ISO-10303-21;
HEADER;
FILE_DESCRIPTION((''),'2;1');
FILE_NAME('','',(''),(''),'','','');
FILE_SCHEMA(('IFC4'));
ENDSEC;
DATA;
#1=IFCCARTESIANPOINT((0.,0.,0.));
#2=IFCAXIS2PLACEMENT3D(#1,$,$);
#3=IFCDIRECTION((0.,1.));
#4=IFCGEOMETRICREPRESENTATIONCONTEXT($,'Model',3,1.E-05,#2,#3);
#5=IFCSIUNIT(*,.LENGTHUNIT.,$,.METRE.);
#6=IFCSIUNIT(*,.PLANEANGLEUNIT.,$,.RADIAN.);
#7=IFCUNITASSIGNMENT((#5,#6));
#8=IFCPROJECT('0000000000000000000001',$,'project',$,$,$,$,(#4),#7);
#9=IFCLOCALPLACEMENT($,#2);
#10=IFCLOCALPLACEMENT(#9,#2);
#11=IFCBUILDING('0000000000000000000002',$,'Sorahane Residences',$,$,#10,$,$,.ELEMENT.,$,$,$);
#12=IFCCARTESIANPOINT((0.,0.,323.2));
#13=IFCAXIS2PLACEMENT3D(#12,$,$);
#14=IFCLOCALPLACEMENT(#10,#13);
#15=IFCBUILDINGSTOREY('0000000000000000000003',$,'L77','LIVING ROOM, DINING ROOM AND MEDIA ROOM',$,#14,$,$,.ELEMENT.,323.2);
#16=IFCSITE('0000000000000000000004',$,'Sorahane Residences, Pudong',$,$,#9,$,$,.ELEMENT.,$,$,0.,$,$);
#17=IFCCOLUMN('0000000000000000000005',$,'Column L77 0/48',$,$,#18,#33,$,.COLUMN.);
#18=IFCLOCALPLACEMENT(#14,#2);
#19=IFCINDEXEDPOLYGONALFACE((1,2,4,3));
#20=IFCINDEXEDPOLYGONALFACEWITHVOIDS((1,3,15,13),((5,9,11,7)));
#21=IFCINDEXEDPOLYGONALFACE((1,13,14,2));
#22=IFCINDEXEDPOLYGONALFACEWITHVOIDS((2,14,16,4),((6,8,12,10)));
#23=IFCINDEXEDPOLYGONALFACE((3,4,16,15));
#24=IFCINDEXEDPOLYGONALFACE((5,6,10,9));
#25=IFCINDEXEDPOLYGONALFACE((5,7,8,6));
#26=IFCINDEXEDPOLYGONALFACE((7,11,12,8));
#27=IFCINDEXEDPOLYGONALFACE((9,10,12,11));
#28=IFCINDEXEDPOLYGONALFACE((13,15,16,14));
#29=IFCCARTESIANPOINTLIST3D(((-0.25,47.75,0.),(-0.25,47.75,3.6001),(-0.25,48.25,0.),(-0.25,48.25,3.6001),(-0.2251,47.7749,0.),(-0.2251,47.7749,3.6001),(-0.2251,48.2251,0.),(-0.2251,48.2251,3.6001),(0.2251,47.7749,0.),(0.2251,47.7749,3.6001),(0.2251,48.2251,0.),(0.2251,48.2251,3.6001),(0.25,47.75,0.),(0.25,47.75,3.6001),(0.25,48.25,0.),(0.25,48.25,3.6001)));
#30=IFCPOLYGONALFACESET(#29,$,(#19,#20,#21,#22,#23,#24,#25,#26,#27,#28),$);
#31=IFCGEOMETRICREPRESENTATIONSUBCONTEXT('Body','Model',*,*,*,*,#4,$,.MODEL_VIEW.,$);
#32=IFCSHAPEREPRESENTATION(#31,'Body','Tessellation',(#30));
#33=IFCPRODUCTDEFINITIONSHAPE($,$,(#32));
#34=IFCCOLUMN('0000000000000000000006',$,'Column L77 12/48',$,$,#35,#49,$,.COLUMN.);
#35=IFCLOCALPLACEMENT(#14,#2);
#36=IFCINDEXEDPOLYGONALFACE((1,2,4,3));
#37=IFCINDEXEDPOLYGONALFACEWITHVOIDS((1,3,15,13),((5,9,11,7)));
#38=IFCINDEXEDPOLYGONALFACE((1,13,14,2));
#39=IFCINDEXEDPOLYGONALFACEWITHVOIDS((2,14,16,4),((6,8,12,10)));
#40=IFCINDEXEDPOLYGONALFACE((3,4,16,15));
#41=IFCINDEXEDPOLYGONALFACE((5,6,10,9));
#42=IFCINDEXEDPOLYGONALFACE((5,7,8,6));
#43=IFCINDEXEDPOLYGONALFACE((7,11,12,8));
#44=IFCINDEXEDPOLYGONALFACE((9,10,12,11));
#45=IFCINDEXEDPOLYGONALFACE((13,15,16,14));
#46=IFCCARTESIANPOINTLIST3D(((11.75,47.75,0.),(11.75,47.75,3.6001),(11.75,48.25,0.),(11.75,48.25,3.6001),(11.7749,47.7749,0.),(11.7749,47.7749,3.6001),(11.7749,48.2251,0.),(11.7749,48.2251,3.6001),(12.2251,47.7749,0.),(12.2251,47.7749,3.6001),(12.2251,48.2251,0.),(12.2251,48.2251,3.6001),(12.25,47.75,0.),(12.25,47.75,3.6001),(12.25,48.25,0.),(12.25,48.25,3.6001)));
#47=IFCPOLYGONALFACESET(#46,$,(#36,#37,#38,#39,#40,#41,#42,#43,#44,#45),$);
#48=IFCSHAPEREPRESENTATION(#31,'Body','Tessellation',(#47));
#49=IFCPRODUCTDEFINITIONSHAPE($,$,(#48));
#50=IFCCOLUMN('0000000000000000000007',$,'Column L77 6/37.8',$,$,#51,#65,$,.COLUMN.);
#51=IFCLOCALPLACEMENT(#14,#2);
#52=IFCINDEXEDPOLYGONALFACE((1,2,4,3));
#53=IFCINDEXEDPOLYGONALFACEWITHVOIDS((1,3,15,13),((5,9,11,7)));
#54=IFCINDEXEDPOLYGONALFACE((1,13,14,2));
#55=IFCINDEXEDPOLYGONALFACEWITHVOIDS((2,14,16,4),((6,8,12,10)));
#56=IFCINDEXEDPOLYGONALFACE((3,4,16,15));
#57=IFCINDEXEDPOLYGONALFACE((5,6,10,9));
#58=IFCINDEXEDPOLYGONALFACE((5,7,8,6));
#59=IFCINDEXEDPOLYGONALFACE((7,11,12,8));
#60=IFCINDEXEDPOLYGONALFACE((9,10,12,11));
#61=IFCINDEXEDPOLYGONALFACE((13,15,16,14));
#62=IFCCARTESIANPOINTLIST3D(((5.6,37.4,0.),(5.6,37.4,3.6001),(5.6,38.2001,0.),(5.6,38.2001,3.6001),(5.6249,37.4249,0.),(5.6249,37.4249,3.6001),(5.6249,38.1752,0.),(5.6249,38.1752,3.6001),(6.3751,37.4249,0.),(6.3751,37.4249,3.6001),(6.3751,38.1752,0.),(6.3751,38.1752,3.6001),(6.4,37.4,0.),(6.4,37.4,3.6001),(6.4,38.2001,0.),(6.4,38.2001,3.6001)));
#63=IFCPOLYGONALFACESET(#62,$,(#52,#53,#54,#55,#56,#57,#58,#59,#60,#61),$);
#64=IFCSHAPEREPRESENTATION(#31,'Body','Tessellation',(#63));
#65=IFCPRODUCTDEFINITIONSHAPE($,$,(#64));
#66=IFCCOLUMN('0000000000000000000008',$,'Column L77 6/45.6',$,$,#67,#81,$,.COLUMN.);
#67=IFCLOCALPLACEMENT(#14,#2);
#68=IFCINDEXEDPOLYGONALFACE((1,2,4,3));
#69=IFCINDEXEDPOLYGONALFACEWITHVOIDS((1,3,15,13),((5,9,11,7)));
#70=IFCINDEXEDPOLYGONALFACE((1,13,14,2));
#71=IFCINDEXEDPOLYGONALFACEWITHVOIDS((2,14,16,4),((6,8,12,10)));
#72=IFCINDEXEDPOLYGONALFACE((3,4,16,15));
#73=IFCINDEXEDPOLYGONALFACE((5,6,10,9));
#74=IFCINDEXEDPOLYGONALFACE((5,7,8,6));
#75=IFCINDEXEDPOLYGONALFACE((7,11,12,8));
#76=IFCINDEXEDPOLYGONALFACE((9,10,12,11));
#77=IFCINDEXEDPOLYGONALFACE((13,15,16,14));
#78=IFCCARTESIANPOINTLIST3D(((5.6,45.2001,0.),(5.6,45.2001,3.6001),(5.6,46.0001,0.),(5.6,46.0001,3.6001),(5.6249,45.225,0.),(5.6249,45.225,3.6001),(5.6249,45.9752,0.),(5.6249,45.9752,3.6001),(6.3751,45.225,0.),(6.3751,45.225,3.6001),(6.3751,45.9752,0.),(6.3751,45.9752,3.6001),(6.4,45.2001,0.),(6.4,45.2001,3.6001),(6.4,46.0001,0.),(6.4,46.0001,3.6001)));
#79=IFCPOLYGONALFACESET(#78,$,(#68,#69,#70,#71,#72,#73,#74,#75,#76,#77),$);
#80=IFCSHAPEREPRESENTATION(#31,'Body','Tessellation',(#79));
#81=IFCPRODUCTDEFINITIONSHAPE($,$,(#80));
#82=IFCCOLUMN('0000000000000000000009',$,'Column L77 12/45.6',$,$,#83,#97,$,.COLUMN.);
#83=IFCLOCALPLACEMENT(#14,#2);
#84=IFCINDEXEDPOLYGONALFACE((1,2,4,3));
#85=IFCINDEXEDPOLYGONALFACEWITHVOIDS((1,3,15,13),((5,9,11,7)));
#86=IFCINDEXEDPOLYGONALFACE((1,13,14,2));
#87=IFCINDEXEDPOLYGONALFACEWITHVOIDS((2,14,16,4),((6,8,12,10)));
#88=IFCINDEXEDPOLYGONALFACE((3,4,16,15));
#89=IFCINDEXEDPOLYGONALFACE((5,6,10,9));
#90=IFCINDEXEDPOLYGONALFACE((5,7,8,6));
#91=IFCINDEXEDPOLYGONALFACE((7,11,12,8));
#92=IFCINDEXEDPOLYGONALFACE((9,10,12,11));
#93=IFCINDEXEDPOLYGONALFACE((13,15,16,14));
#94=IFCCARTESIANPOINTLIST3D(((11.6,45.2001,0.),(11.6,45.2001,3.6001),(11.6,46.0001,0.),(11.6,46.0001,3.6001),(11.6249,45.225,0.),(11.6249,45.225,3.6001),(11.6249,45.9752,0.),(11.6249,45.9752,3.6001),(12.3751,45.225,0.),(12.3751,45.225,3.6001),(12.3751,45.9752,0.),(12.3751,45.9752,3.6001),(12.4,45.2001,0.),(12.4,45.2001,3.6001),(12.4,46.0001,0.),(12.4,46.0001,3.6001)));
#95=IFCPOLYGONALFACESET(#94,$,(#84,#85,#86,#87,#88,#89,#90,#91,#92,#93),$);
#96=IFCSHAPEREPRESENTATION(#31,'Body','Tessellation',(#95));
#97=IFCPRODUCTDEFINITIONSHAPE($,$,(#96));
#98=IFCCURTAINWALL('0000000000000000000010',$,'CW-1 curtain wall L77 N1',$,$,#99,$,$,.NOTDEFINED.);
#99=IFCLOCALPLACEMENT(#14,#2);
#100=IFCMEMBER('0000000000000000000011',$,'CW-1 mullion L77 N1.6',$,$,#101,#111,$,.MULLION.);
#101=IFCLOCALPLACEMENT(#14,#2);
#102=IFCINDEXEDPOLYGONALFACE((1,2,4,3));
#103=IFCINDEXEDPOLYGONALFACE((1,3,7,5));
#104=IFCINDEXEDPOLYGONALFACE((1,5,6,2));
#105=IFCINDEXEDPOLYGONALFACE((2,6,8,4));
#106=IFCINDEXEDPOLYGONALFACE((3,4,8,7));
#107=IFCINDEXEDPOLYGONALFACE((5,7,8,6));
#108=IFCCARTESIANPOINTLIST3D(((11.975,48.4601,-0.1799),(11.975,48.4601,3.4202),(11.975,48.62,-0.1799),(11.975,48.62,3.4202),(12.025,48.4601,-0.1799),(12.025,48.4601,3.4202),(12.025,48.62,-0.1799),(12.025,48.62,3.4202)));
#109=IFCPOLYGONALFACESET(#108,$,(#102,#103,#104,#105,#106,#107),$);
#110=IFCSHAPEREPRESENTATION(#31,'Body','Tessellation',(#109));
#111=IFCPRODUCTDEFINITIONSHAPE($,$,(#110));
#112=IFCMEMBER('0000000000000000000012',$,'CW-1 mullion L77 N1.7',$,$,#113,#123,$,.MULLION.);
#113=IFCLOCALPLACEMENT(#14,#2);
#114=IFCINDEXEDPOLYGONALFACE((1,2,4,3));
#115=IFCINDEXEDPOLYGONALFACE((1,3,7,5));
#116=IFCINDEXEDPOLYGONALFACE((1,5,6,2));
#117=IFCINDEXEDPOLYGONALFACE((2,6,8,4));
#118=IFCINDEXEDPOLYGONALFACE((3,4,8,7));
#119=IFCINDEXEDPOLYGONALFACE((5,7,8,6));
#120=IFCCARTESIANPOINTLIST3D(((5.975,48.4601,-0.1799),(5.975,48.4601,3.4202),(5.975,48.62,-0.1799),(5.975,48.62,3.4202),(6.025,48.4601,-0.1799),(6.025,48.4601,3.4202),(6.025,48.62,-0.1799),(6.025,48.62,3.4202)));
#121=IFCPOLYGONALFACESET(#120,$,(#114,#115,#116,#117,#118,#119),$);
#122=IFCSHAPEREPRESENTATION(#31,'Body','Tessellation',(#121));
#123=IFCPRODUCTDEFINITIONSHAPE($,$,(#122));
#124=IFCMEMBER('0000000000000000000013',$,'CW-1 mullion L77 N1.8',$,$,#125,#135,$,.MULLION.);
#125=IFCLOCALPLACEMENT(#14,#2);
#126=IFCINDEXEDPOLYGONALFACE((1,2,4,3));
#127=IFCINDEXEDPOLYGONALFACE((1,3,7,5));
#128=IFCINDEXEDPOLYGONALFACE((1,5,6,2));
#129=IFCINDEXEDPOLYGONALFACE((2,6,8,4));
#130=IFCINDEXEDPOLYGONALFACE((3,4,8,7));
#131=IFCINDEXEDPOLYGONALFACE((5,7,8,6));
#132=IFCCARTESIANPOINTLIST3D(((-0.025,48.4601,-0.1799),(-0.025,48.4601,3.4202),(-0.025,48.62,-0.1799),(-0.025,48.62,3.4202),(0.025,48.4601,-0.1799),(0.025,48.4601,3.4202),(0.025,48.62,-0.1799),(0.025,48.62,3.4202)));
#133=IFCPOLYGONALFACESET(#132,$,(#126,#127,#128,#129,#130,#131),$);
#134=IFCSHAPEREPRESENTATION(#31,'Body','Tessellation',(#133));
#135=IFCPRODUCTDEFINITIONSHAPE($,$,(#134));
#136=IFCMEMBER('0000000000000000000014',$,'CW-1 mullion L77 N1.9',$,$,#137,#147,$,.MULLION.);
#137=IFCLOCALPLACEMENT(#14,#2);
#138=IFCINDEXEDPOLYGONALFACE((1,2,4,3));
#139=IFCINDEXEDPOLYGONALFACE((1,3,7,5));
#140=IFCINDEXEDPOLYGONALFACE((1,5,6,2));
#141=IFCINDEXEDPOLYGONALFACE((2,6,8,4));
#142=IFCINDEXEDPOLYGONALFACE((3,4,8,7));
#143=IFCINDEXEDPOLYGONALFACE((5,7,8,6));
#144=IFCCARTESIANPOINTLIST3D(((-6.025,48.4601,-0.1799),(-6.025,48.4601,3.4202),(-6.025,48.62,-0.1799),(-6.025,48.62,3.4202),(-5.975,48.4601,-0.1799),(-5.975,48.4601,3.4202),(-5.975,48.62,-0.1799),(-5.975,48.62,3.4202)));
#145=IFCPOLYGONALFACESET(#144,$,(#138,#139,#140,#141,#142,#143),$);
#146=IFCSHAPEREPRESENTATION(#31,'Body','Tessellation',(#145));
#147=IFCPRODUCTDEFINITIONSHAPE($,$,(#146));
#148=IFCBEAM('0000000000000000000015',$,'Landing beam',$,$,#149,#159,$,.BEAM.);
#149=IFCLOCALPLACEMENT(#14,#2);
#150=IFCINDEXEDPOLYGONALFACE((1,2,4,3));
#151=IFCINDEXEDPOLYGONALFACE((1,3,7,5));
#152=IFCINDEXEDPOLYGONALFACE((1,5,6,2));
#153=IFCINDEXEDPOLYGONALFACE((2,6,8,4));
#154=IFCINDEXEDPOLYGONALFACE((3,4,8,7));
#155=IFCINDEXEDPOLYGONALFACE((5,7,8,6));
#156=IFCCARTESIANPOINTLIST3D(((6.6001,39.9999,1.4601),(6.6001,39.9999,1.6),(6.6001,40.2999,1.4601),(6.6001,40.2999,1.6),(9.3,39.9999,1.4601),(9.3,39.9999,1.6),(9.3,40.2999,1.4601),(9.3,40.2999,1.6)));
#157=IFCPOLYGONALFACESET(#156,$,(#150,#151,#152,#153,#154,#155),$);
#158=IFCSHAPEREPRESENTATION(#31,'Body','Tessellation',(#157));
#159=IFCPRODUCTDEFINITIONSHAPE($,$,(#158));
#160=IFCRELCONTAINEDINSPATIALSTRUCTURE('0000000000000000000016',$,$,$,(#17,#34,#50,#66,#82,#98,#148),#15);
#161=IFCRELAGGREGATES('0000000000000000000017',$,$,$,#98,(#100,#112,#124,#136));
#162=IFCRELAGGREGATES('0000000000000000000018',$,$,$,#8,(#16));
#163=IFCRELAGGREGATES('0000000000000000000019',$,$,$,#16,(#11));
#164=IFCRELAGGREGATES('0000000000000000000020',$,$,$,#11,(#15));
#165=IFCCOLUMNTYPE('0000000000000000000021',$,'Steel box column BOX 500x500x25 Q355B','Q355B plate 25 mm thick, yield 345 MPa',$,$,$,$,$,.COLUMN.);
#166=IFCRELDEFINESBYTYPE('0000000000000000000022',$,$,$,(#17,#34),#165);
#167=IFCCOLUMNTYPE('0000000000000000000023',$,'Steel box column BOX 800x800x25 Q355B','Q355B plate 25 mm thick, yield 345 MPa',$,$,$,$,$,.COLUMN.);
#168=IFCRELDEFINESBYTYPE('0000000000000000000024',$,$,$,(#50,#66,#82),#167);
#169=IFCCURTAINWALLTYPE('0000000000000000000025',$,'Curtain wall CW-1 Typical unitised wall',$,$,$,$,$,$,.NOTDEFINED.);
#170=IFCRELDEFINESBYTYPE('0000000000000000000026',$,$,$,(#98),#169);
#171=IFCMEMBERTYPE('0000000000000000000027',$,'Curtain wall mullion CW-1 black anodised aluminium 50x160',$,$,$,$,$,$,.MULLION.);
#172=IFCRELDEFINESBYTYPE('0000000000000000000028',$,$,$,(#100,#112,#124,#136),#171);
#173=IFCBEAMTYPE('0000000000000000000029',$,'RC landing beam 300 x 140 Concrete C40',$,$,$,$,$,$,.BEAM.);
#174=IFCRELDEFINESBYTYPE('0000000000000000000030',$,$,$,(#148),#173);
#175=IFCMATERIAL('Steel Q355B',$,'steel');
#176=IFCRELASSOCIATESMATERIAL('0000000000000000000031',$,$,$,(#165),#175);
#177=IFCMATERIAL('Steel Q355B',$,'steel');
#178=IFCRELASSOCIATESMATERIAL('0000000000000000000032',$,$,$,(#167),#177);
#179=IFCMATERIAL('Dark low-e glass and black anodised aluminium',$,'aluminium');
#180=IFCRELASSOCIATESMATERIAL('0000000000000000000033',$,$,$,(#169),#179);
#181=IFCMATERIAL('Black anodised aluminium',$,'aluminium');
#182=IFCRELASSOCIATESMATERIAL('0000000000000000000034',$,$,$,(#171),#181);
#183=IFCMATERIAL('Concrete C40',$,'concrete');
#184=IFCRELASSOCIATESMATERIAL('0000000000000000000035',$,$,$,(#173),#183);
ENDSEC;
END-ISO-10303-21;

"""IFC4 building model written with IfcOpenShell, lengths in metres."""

from ifc_helpers import new_model, si_unit, direction, frame, origin, origin_2d, place, context, subcontext, project, spatial, rectangle, hollow_rectangle, extrude, material, material_profile, profile_set, type_object, element, aggregate, save


model = new_model("IFC4")

# Units and contexts
model_context = context("Model", 3, precision=1e-05, world=origin(), true_north=direction((0.0, 1.0)))
body_context = subcontext(model_context, "Body", "Model", "MODEL_VIEW")
ifc_project = project(units=[si_unit("LENGTHUNIT", "METRE"), si_unit("PLANEANGLEUNIT", "RADIAN")], contexts=[model_context])

# Site, building, storey
site_placement = place(None, origin())
site = spatial("IfcSite", under=ifc_project, at=site_placement, Name="Sorahane Residences, Pudong", CompositionType="ELEMENT", RefElevation=0.0)
building_placement = place(site_placement, origin())
building = spatial("IfcBuilding", under=site, at=building_placement, Name="Sorahane Residences", CompositionType="ELEMENT")
storey_placement = place(building_placement, frame((0.0, 0.0, 323.2)))
storey = spatial("IfcBuildingStorey", under=building, at=storey_placement, Name="L77", Description="LIVING ROOM, DINING ROOM AND MEDIA ROOM", CompositionType="ELEMENT", Elevation=323.2)

# Columns
ifc_material_1 = material(Name="Steel Q355B", Category="steel")
ifc_material_profile_1 = material_profile(ifc_material_1, hollow_rectangle(XDim=0.5, YDim=0.5, WallThickness=0.0249, at=origin_2d()), Name="BOX 500x500x25")
ifc_profile_set_1 = profile_set([ifc_material_profile_1], Name="Steel Q355B")
column_type_1 = type_object("IfcColumnType", Name="Steel box column BOX 500x500x25 Q355B", Description="Q355B plate 25 mm thick, yield 345 MPa", PredefinedType="COLUMN", material=ifc_profile_set_1)
for number, where, z_axis, x_axis, name in (
    (1, (0.0, 48.0, 0.0), (0.0, 0.0, 1.0), (1.0, 0.0, 0.0), "Column L77 0/48"),
    (2, (12.0, 48.0, 0.0), (0.0, 0.0, 1.0), (1.0, 0.0, 0.0), "Column L77 12/48"),
):
    element("IfcColumn", number, at=place(storey_placement, frame(where, z_axis=z_axis, x_axis=x_axis)), inside=storey, type_object=column_type_1, Name=name, PredefinedType="COLUMN", context=body_context, shape_type="SweptSolid", body=[
        extrude(hollow_rectangle(XDim=0.5, YDim=0.5, WallThickness=0.0249, at=origin_2d()), origin(), (0.0, 0.0, 1.0), 3.6001),
    ])
ifc_material_2 = material(Name="Steel Q355B", Category="steel")
ifc_material_profile_2 = material_profile(ifc_material_2, hollow_rectangle(XDim=0.8, YDim=0.8, WallThickness=0.0249, at=origin_2d()), Name="BOX 800x800x25")
ifc_profile_set_2 = profile_set([ifc_material_profile_2], Name="Steel Q355B")
column_type_2 = type_object("IfcColumnType", Name="Steel box column BOX 800x800x25 Q355B", Description="Q355B plate 25 mm thick, yield 345 MPa", PredefinedType="COLUMN", material=ifc_profile_set_2)
for number, where, z_axis, x_axis, name in (
    (3, (6.0, 37.8, 0.0), (0.0, 0.0, 1.0), (1.0, 0.0, 0.0), "Column L77 6/37.8"),
    (4, (6.0, 45.6001, 0.0), (0.0, 0.0, 1.0), (1.0, 0.0, 0.0), "Column L77 6/45.6"),
    (5, (12.0, 45.6001, 0.0), (0.0, 0.0, 1.0), (1.0, 0.0, 0.0), "Column L77 12/45.6"),
):
    element("IfcColumn", number, at=place(storey_placement, frame(where, z_axis=z_axis, x_axis=x_axis)), inside=storey, type_object=column_type_2, Name=name, PredefinedType="COLUMN", context=body_context, shape_type="SweptSolid", body=[
        extrude(hollow_rectangle(XDim=0.8, YDim=0.8, WallThickness=0.0249, at=origin_2d()), origin(), (0.0, 0.0, 1.0), 3.6001),
    ])

# Curtain wall, members
ifc_material_3 = material(Name="Dark low-e glass and black anodised aluminium", Category="aluminium")
curtain_wall_type = type_object("IfcCurtainWallType", Name="Curtain wall CW-1 Typical unitised wall", PredefinedType="NOTDEFINED", material=ifc_material_3)
curtain_wall_placement = place(storey_placement, origin())
curtain_wall = element("IfcCurtainWall", 6, at=curtain_wall_placement, inside=storey, type_object=curtain_wall_type, Name="CW-1 curtain wall L77 N1", PredefinedType="NOTDEFINED")
ifc_material_4 = material(Name="Black anodised aluminium", Category="aluminium")
ifc_material_profile_3 = material_profile(ifc_material_4, rectangle(XDim=0.1599, YDim=0.05, at=origin_2d()), Name="Curtain wall mullion CW-1 black anodised aluminium 50x160")
ifc_profile_set_3 = profile_set([ifc_material_profile_3], Name="Black anodised aluminium")
member_type = type_object("IfcMemberType", Name="Curtain wall mullion CW-1 black anodised aluminium 50x160", PredefinedType="MULLION", material=ifc_profile_set_3)
member_1_placement = place(storey_placement, frame((12.0, 48.54, -0.1799), z_axis=(0.0, 0.0, 1.0), x_axis=(0.0, 1.0, 0.0)))
member_1 = element("IfcMember", 7, at=member_1_placement, type_object=member_type, Name="CW-1 mullion L77 N1.6", PredefinedType="MULLION", context=body_context, shape_type="SweptSolid", body=[
    extrude(rectangle(XDim=0.1599, YDim=0.05, at=origin_2d()), origin(), (0.0, 0.0, 1.0), 3.6001),
])
member_2_placement = place(storey_placement, frame((6.0, 48.54, -0.1799), z_axis=(0.0, 0.0, 1.0), x_axis=(0.0, 1.0, 0.0)))
member_2 = element("IfcMember", 8, at=member_2_placement, type_object=member_type, Name="CW-1 mullion L77 N1.7", PredefinedType="MULLION", context=body_context, shape_type="SweptSolid", body=[
    extrude(rectangle(XDim=0.1599, YDim=0.05, at=origin_2d()), origin(), (0.0, 0.0, 1.0), 3.6001),
])
member_3_placement = place(storey_placement, frame((0.0, 48.54, -0.1799), z_axis=(0.0, 0.0, 1.0), x_axis=(0.0, 1.0, 0.0)))
member_3 = element("IfcMember", 9, at=member_3_placement, type_object=member_type, Name="CW-1 mullion L77 N1.8", PredefinedType="MULLION", context=body_context, shape_type="SweptSolid", body=[
    extrude(rectangle(XDim=0.1599, YDim=0.05, at=origin_2d()), origin(), (0.0, 0.0, 1.0), 3.6001),
])
member_4_placement = place(storey_placement, frame((-6.0, 48.54, -0.1799), z_axis=(0.0, 0.0, 1.0), x_axis=(0.0, 1.0, 0.0)))
member_4 = element("IfcMember", 10, at=member_4_placement, type_object=member_type, Name="CW-1 mullion L77 N1.9", PredefinedType="MULLION", context=body_context, shape_type="SweptSolid", body=[
    extrude(rectangle(XDim=0.1599, YDim=0.05, at=origin_2d()), origin(), (0.0, 0.0, 1.0), 3.6001),
])

# Beam
ifc_material_5 = material(Name="Concrete C40", Category="concrete")
ifc_material_profile_4 = material_profile(ifc_material_5, rectangle(XDim=0.3, YDim=0.1399, at=origin_2d()), Name="300x140")
ifc_profile_set_4 = profile_set([ifc_material_profile_4], Name="Concrete C40")
beam_type_1 = type_object("IfcBeamType", Name="RC landing beam 300 x 140 Concrete C40", PredefinedType="BEAM", material=ifc_profile_set_4)
beam_1_placement = place(storey_placement, frame((6.6001, 40.1499, 1.53), z_axis=(1.0, 0.0, 0.0), x_axis=(0.0, 1.0, 0.0)))
element("IfcBeam", 11, at=beam_1_placement, inside=storey, type_object=beam_type_1, Name="Landing beam", PredefinedType="BEAM", context=body_context, shape_type="SweptSolid", body=[
    extrude(rectangle(XDim=0.3, YDim=0.1399, at=origin_2d()), origin(), (0.0, 0.0, 1.0), 2.7),
])

aggregate(curtain_wall, [member_1, member_2, member_3, member_4])

save(model, "model.ifc")
